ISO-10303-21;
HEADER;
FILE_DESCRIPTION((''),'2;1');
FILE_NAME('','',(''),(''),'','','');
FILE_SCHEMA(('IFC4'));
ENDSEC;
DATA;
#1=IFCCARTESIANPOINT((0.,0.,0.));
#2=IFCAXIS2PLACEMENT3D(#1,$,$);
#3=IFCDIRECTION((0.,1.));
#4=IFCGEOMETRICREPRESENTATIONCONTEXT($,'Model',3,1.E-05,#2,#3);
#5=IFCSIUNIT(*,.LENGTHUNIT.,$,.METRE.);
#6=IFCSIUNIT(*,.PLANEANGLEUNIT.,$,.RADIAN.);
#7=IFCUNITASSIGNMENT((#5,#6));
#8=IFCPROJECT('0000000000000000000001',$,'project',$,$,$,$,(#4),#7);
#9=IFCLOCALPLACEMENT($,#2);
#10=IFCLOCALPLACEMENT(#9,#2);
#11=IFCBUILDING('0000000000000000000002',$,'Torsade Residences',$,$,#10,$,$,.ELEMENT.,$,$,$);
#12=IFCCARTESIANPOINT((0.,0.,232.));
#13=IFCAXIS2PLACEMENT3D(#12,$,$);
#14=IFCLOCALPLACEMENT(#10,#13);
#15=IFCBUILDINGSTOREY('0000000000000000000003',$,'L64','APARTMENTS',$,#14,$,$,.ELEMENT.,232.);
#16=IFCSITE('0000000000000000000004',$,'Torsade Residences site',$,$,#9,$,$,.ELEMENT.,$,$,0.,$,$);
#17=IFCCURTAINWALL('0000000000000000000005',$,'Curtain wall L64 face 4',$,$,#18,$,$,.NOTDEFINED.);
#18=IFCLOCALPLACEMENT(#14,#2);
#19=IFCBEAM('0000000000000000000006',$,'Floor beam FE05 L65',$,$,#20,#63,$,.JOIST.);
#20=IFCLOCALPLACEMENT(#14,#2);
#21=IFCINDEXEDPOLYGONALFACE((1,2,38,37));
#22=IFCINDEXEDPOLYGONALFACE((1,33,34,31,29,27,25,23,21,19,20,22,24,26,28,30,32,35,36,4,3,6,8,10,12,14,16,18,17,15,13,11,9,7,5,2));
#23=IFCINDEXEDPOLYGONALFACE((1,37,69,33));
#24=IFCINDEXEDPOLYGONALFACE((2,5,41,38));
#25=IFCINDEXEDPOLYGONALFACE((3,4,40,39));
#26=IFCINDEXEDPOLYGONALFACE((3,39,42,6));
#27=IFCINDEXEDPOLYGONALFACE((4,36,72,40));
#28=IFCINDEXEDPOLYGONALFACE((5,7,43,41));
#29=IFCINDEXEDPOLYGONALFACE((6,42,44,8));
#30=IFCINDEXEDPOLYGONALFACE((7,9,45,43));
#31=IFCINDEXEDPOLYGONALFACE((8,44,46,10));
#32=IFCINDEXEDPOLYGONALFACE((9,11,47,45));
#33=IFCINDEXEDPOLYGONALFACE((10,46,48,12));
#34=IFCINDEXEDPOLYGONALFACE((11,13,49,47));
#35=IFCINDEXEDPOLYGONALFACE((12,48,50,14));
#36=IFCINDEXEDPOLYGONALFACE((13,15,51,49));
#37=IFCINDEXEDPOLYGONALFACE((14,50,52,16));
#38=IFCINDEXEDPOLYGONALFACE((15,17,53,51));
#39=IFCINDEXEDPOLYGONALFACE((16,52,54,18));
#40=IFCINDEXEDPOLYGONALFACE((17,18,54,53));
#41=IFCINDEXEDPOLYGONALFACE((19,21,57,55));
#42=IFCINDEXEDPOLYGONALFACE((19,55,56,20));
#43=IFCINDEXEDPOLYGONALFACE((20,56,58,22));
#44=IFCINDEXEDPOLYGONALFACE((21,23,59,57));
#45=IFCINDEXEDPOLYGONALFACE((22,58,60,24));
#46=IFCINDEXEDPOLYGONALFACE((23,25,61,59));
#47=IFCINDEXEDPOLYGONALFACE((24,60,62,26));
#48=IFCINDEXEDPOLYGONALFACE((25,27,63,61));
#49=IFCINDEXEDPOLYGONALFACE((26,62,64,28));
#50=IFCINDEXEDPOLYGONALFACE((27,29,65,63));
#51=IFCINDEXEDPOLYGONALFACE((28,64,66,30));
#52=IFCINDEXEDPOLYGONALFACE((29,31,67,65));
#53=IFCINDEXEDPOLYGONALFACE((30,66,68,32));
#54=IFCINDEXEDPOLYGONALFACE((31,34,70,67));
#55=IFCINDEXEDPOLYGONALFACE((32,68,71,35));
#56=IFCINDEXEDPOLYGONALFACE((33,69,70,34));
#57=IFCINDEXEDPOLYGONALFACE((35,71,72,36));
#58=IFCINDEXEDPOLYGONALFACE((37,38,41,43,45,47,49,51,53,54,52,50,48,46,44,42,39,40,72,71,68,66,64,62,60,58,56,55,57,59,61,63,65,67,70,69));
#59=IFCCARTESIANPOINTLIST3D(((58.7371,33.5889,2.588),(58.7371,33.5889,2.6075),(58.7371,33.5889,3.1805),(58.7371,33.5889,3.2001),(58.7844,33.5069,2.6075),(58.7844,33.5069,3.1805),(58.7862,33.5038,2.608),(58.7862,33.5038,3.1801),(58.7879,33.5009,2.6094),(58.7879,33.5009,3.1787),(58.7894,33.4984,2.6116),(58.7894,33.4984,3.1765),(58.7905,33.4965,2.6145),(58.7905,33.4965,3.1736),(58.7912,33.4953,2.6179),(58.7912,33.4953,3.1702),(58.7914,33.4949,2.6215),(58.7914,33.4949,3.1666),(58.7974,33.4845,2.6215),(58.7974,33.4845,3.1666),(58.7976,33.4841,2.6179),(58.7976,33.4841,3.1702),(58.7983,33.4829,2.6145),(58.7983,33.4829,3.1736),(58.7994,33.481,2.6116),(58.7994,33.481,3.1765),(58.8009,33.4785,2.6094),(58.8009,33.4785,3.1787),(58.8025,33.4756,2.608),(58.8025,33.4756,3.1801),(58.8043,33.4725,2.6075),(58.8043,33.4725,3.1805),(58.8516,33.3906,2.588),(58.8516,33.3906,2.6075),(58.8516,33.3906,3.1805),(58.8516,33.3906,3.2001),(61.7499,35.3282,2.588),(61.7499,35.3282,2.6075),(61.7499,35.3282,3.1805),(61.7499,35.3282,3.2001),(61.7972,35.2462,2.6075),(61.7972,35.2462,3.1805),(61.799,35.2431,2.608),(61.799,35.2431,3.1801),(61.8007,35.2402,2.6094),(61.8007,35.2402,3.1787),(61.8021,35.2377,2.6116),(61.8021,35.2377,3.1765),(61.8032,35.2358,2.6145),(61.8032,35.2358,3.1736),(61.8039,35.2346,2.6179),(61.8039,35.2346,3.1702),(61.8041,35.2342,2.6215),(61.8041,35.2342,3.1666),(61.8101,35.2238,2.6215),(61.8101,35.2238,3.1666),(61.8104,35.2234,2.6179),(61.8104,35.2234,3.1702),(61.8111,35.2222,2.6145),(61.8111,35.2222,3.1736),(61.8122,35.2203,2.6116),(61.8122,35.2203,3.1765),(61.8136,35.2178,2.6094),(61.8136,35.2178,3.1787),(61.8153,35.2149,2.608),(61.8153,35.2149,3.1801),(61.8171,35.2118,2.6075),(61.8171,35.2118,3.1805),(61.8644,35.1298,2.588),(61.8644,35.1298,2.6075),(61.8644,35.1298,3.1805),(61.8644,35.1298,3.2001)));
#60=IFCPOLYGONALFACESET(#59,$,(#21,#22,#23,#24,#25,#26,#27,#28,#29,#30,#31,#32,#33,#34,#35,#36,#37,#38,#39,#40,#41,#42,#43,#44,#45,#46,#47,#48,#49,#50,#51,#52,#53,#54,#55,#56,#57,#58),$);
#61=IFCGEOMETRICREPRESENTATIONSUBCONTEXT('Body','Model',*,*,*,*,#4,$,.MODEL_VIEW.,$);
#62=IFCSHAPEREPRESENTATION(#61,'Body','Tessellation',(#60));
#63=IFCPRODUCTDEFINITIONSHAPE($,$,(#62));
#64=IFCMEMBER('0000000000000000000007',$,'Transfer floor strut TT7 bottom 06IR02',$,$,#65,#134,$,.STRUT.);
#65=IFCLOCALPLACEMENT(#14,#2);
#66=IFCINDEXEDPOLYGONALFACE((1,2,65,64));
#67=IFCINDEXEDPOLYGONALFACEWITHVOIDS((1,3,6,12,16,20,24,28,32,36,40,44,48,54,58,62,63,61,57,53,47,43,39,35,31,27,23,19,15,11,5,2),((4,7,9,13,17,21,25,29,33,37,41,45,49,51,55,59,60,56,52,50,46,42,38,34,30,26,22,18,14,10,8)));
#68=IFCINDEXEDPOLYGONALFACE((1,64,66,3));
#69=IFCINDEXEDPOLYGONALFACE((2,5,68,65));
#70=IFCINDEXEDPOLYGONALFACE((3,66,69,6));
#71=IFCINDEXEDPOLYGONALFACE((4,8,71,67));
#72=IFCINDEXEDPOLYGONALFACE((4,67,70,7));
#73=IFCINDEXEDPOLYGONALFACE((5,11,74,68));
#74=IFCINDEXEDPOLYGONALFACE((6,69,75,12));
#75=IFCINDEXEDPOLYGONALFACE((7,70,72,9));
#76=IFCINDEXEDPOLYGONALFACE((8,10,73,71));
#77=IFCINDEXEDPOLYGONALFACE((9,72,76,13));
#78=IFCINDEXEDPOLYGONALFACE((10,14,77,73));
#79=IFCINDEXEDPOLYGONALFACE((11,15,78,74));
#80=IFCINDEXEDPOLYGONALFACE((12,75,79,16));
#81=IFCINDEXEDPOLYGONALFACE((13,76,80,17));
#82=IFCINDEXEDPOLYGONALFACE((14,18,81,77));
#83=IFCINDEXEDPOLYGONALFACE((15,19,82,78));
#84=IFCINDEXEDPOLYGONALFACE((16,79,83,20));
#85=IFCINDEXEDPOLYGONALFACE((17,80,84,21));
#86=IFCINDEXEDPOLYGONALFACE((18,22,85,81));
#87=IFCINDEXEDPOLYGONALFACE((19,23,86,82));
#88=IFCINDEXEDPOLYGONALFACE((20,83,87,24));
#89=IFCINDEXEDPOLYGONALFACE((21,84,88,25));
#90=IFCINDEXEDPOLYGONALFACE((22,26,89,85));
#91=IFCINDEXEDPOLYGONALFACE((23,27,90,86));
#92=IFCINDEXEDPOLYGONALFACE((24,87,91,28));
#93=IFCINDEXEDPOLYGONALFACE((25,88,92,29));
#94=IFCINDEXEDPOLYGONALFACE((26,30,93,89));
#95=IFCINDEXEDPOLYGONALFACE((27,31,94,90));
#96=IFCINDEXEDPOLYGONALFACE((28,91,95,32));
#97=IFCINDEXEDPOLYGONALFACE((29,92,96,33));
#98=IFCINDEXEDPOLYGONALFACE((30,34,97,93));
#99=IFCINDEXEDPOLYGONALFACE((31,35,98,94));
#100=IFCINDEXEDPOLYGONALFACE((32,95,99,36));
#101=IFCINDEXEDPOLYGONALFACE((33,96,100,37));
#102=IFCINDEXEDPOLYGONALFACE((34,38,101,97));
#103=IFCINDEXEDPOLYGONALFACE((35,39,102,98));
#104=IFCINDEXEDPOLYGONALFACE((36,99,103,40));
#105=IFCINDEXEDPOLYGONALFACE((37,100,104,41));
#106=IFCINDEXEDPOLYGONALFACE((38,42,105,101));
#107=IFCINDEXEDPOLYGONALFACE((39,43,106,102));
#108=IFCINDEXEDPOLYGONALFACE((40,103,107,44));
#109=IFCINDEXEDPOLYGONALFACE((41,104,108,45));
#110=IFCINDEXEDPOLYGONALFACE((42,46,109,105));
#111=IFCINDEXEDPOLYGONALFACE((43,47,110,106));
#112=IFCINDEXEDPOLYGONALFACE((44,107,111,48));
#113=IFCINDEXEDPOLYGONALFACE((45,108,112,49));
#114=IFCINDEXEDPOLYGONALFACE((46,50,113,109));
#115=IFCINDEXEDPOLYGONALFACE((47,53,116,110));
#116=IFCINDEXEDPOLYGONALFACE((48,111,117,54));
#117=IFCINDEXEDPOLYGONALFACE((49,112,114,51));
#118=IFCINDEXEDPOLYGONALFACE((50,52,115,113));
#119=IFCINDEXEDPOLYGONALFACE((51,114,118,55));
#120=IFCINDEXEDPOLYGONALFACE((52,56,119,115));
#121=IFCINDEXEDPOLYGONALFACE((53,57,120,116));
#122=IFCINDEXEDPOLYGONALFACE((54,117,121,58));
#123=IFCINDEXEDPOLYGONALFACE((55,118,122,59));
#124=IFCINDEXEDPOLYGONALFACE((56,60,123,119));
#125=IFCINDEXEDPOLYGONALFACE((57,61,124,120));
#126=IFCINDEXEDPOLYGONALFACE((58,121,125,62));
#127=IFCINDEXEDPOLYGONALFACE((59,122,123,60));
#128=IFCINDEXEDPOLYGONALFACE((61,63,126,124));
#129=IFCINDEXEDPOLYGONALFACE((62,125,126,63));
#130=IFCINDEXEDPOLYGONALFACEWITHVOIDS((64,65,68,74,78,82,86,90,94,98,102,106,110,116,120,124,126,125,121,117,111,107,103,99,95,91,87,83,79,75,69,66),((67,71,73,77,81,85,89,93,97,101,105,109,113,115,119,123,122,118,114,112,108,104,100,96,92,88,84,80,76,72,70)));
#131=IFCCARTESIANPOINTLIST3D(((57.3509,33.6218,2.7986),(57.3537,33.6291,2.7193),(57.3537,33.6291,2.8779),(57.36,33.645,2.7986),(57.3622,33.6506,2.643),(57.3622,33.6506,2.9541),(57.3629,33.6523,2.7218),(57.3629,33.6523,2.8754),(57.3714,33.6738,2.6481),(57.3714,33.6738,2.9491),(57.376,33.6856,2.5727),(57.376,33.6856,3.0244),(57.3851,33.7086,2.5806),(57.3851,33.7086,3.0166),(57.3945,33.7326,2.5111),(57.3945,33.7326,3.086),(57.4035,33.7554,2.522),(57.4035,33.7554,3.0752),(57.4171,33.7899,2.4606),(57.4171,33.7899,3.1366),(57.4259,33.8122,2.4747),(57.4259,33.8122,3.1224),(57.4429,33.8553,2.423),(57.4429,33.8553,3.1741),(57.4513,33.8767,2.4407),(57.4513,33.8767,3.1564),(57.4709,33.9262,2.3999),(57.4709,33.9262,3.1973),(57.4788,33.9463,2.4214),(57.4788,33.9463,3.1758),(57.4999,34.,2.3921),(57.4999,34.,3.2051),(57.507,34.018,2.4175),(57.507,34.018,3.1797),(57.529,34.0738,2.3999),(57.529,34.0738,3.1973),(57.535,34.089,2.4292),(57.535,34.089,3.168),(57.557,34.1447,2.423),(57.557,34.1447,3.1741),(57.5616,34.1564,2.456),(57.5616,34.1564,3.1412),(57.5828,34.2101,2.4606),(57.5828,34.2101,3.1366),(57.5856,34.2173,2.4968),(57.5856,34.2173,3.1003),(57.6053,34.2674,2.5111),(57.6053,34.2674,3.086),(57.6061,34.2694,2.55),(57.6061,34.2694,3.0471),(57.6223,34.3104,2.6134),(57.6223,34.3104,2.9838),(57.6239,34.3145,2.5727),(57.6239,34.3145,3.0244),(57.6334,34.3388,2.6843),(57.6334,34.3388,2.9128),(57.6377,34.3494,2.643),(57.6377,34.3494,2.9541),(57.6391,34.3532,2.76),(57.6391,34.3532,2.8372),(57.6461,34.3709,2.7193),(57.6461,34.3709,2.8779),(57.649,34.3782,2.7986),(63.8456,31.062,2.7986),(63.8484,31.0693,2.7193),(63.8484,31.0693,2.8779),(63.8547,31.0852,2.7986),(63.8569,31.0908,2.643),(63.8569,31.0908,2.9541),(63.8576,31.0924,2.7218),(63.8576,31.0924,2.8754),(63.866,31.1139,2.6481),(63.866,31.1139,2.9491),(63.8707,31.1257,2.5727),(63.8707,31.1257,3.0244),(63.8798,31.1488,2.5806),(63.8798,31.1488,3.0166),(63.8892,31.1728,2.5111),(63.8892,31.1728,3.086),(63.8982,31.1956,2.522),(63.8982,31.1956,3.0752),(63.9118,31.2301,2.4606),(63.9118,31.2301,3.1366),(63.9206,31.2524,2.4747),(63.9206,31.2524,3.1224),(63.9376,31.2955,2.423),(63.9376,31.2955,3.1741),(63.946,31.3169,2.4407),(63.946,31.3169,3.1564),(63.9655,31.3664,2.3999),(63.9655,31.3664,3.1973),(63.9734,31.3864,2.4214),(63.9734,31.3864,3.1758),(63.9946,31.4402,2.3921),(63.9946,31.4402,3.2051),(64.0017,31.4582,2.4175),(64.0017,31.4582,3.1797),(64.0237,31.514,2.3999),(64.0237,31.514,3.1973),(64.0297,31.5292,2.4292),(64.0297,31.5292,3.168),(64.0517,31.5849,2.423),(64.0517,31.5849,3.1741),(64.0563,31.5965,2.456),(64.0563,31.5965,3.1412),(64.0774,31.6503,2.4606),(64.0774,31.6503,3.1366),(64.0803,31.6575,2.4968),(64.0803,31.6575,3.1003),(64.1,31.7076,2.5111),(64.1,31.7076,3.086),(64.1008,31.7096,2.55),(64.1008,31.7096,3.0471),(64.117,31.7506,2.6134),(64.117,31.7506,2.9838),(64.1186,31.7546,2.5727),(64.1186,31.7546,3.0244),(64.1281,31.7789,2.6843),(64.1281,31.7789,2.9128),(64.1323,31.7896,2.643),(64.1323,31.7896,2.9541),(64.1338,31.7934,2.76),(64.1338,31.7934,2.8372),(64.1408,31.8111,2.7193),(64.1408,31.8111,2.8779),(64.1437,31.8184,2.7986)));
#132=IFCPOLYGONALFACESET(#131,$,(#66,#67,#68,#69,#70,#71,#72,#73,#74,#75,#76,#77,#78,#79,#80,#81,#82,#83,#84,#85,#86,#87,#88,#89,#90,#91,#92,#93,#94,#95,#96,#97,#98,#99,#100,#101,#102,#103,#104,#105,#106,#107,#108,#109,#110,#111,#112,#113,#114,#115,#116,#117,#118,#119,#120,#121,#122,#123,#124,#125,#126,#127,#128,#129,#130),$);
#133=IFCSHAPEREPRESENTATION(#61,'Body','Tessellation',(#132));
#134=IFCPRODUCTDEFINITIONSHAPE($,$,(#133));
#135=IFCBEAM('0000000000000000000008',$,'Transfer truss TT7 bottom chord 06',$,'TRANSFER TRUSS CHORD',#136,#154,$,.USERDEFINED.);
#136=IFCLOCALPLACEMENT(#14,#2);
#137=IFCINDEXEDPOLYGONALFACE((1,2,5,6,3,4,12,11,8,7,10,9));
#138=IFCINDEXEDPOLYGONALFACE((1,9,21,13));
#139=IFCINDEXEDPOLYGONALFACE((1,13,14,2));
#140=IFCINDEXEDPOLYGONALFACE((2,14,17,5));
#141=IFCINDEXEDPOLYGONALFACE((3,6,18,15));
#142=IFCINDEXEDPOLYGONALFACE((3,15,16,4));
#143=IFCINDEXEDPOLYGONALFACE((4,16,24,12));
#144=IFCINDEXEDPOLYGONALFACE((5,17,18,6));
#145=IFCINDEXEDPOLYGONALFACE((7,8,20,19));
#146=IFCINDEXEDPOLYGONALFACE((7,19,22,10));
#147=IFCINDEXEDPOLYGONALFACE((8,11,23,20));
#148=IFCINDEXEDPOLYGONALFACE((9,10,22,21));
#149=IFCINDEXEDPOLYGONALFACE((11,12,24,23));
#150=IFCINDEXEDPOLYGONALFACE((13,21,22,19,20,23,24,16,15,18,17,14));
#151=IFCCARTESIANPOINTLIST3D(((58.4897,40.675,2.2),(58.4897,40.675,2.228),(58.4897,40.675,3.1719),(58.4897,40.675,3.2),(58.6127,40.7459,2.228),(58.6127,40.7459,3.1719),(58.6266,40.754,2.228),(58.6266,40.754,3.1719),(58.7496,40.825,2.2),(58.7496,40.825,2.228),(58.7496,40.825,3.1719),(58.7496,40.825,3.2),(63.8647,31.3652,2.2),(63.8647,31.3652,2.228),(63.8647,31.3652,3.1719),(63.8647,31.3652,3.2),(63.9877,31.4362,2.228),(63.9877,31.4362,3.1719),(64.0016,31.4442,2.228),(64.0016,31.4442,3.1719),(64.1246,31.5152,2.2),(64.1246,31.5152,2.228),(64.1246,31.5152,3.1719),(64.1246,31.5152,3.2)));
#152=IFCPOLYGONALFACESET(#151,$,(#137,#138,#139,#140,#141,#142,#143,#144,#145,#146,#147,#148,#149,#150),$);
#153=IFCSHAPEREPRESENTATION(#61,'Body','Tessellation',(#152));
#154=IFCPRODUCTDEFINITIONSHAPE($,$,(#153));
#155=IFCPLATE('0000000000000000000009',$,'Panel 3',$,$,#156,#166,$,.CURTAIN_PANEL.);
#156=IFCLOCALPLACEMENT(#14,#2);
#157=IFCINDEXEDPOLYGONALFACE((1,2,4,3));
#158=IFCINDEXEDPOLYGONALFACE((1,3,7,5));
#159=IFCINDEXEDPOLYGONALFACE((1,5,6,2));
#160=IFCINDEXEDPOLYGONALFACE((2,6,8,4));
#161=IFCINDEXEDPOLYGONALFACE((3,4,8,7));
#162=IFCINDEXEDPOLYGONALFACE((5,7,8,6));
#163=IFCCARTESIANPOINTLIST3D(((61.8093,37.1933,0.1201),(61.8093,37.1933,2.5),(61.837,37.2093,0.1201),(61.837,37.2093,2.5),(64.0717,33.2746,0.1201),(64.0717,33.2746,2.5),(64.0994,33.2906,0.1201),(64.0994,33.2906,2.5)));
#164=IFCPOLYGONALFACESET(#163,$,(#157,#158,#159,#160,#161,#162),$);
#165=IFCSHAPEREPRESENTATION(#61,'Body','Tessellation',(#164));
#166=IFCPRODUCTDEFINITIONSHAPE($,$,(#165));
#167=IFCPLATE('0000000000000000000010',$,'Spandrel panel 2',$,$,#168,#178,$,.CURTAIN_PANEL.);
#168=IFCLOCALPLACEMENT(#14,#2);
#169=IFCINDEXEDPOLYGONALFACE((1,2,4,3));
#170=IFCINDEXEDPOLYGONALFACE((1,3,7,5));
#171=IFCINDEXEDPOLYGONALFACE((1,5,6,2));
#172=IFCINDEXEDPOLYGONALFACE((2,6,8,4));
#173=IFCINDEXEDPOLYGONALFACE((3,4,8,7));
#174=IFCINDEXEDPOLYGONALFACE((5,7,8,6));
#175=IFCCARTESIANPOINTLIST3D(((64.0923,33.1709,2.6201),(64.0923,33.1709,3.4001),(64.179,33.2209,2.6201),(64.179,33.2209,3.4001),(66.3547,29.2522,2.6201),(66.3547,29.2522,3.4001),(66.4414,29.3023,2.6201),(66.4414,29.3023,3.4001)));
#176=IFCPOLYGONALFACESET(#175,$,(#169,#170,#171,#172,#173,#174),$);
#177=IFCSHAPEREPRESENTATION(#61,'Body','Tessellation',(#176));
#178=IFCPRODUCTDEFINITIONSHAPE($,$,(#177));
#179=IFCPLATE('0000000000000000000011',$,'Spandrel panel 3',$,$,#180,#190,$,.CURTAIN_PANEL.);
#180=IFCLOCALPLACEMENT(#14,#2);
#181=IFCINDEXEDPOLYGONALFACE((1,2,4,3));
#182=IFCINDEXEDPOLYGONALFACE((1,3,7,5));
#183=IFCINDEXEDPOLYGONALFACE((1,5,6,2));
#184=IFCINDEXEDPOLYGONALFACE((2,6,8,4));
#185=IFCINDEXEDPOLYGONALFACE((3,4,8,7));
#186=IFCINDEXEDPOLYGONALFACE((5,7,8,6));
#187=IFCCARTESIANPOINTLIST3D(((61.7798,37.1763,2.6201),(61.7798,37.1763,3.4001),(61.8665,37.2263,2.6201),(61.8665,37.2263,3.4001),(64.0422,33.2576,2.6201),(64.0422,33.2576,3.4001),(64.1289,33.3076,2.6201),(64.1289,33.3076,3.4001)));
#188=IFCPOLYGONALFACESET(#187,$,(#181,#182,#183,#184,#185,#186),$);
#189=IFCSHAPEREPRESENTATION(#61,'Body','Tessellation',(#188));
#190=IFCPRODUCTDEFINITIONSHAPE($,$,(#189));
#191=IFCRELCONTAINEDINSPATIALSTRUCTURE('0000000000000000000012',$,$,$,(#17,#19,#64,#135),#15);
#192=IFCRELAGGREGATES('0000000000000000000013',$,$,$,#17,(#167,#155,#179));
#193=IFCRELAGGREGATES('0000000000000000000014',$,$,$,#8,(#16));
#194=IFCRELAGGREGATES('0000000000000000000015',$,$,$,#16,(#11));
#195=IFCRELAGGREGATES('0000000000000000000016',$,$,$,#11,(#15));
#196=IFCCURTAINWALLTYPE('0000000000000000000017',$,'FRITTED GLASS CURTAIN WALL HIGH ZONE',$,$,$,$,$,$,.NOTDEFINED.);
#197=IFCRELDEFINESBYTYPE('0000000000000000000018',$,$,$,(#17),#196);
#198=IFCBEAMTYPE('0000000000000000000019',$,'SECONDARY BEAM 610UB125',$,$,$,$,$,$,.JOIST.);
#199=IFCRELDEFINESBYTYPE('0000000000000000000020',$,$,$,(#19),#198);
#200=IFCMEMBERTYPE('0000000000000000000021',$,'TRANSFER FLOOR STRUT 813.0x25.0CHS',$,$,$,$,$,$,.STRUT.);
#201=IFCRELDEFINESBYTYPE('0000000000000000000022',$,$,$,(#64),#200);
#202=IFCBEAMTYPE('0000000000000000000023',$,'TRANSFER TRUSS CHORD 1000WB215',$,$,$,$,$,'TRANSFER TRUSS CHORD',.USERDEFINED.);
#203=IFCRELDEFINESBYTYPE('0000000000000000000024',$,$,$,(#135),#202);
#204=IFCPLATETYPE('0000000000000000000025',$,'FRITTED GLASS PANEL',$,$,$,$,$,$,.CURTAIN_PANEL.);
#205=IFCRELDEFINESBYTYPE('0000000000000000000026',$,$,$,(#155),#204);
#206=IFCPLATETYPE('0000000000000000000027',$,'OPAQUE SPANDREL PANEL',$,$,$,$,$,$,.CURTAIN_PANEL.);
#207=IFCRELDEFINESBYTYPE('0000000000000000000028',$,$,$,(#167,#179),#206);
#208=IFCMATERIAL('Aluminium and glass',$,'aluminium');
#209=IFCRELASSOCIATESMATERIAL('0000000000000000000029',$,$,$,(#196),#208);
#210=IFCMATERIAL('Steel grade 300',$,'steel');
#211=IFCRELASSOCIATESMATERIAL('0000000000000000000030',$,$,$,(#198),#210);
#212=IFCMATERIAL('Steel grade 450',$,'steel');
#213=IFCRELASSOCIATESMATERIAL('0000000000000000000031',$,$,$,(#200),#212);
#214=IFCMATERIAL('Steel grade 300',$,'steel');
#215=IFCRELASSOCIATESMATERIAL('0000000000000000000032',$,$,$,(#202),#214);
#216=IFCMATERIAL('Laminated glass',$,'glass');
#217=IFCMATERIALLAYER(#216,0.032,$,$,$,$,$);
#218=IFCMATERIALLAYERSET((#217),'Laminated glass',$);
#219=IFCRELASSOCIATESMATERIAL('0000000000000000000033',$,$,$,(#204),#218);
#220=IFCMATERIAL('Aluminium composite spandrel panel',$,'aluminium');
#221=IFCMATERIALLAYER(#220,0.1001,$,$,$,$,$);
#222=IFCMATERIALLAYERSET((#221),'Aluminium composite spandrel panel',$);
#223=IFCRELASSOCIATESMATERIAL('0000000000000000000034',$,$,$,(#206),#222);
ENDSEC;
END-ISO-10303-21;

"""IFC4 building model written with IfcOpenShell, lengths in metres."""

from ifc_helpers import new_model, si_unit, direction, frame, origin, origin_2d, place, context, subcontext, project, spatial, rectangle, hollow_circle, i_section, extrude, material, layer, layer_set, material_profile, profile_set, type_object, element, aggregate, save


model = new_model("IFC4")

# Units and contexts
model_context = context("Model", 3, precision=1e-05, world=origin(), true_north=direction((0.0, 1.0)))
body_context = subcontext(model_context, "Body", "Model", "MODEL_VIEW")
ifc_project = project(units=[si_unit("LENGTHUNIT", "METRE"), si_unit("PLANEANGLEUNIT", "RADIAN")], contexts=[model_context])

# Site, building, storey
site_placement = place(None, origin())
site = spatial("IfcSite", under=ifc_project, at=site_placement, Name="Torsade Residences site", CompositionType="ELEMENT", RefElevation=0.0)
building_placement = place(site_placement, origin())
building = spatial("IfcBuilding", under=site, at=building_placement, Name="Torsade Residences", CompositionType="ELEMENT")
storey_placement = place(building_placement, frame((0.0, 0.0, 232.0)))
storey = spatial("IfcBuildingStorey", under=building, at=storey_placement, Name="L64", Description="APARTMENTS", CompositionType="ELEMENT", Elevation=232.0)

# Curtain wall
ifc_material_1 = material(Name="Aluminium and glass", Category="aluminium")
curtain_wall_type = type_object("IfcCurtainWallType", Name="FRITTED GLASS CURTAIN WALL HIGH ZONE", PredefinedType="NOTDEFINED", material=ifc_material_1)
curtain_wall_placement = place(storey_placement, origin())
curtain_wall = element("IfcCurtainWall", 1, at=curtain_wall_placement, inside=storey, type_object=curtain_wall_type, Name="Curtain wall L64 face 4", PredefinedType="NOTDEFINED")

# Beam
ifc_material_2 = material(Name="Steel grade 300", Category="steel")
ifc_material_profile_1 = material_profile(ifc_material_2, i_section(OverallWidth=0.229, OverallDepth=0.6121, WebThickness=0.012, FlangeThickness=0.0195, FilletRadius=0.0139, at=origin_2d()), Name="610UB125")
ifc_profile_set_1 = profile_set([ifc_material_profile_1], Name="Steel grade 300")
beam_type_1 = type_object("IfcBeamType", Name="SECONDARY BEAM 610UB125", PredefinedType="JOIST", material=ifc_profile_set_1)
beam_1_placement = place(storey_placement, frame((61.8071, 35.229, 2.894), z_axis=(-0.866041, -0.499974, 0.0), x_axis=(0.499974, -0.866041, 0.0)))
element("IfcBeam", 2, at=beam_1_placement, inside=storey, type_object=beam_type_1, Name="Floor beam FE05 L65", PredefinedType="JOIST", context=body_context, shape_type="SweptSolid", body=[
    extrude(i_section(OverallWidth=0.229, OverallDepth=0.6121, WebThickness=0.012, FlangeThickness=0.0195, FilletRadius=0.0139, at=origin_2d()), origin(), (0.0, 0.0, 1.0), 3.4788),
])

# Member
ifc_material_3 = material(Name="Steel grade 450", Category="steel")
ifc_material_profile_2 = material_profile(ifc_material_3, hollow_circle(Radius=0.4065, WallThickness=0.0249, at=origin_2d()), Name="813.0x25.0CHS")
ifc_profile_set_2 = profile_set([ifc_material_profile_2], Name="Steel grade 450")
member_type_1 = type_object("IfcMemberType", Name="TRANSFER FLOOR STRUT 813.0x25.0CHS", PredefinedType="STRUT", material=ifc_profile_set_2)
member_1_placement = place(storey_placement, frame((63.9946, 31.4402, 2.7986), z_axis=(-0.930344, 0.366689, 0.0), x_axis=(-0.366689, -0.930344, 0.0)))
element("IfcMember", 3, at=member_1_placement, inside=storey, type_object=member_type_1, Name="Transfer floor strut TT7 bottom 06IR02", PredefinedType="STRUT", context=body_context, shape_type="SweptSolid", body=[
    extrude(hollow_circle(Radius=0.4065, WallThickness=0.0249, at=origin_2d()), origin(), (0.0, 0.0, 1.0), 6.981),
])

# Beam
ifc_material_4 = material(Name="Steel grade 300", Category="steel")
ifc_material_profile_3 = material_profile(ifc_material_4, i_section(OverallWidth=0.3, OverallDepth=1.0, WebThickness=0.0161, FlangeThickness=0.0281, at=origin_2d()), Name="1000WB215")
ifc_profile_set_3 = profile_set([ifc_material_profile_3], Name="Steel grade 300")
beam_type_2 = type_object("IfcBeamType", Name="TRANSFER TRUSS CHORD 1000WB215", ElementType="TRANSFER TRUSS CHORD", PredefinedType="USERDEFINED", material=ifc_profile_set_3)
beam_2_placement = place(storey_placement, frame((63.9946, 31.4402, 2.7), z_axis=(-0.499998, 0.866026, 0.0), x_axis=(-0.866026, -0.499998, 0.0)))
element("IfcBeam", 4, at=beam_2_placement, inside=storey, type_object=beam_type_2, Name="Transfer truss TT7 bottom chord 06", ObjectType="TRANSFER TRUSS CHORD", PredefinedType="USERDEFINED", context=body_context, shape_type="SweptSolid", body=[
    extrude(i_section(OverallWidth=0.3, OverallDepth=1.0, WebThickness=0.0161, FlangeThickness=0.0281, at=origin_2d()), origin(), (0.0, 0.0, 1.0), 10.75),
])

# Plates
ifc_material_5 = material(Name="Laminated glass", Category="glass")
ifc_layer_1 = layer(ifc_material_5, 0.032)
ifc_layer_set_1 = layer_set([ifc_layer_1], Name="Laminated glass")
plate_type_1 = type_object("IfcPlateType", Name="FRITTED GLASS PANEL", PredefinedType="CURTAIN_PANEL", material=ifc_layer_set_1)
plate_1_placement = place(storey_placement, frame((62.9543, 35.2419, 0.1201), z_axis=(0.0, 0.0, 1.0), x_axis=(-0.5, 0.866025, 0.0)))
plate_1 = element("IfcPlate", 5, at=plate_1_placement, type_object=plate_type_1, Name="Panel 3", PredefinedType="CURTAIN_PANEL", context=body_context, shape_type="SweptSolid", body=[
    extrude(rectangle(XDim=4.5249, YDim=0.032, at=origin_2d()), origin(), (0.0, 0.0, 1.0), 2.3799),
])
ifc_material_6 = material(Name="Aluminium composite spandrel panel", Category="aluminium")
ifc_layer_2 = layer(ifc_material_6, 0.1001)
ifc_layer_set_2 = layer_set([ifc_layer_2], Name="Aluminium composite spandrel panel")
plate_type_2 = type_object("IfcPlateType", Name="OPAQUE SPANDREL PANEL", PredefinedType="CURTAIN_PANEL", material=ifc_layer_set_2)
plate_2_placement = place(storey_placement, frame((65.2668, 31.2366, 2.6201), z_axis=(0.0, 0.0, 1.0), x_axis=(-0.5, 0.866025, 0.0)))
plate_2 = element("IfcPlate", 6, at=plate_2_placement, type_object=plate_type_2, Name="Spandrel panel 2", PredefinedType="CURTAIN_PANEL", context=body_context, shape_type="SweptSolid", body=[
    extrude(rectangle(XDim=4.5249, YDim=0.1001, at=origin_2d()), origin(), (0.0, 0.0, 1.0), 0.78),
])
plate_3_placement = place(storey_placement, frame((62.9543, 35.2419, 2.6201), z_axis=(0.0, 0.0, 1.0), x_axis=(-0.5, 0.866025, 0.0)))
plate_3 = element("IfcPlate", 7, at=plate_3_placement, type_object=plate_type_2, Name="Spandrel panel 3", PredefinedType="CURTAIN_PANEL", context=body_context, shape_type="SweptSolid", body=[
    extrude(rectangle(XDim=4.5249, YDim=0.1001, at=origin_2d()), origin(), (0.0, 0.0, 1.0), 0.78),
])
aggregate(curtain_wall, [plate_2, plate_1, plate_3])

save(model, "model.ifc")
